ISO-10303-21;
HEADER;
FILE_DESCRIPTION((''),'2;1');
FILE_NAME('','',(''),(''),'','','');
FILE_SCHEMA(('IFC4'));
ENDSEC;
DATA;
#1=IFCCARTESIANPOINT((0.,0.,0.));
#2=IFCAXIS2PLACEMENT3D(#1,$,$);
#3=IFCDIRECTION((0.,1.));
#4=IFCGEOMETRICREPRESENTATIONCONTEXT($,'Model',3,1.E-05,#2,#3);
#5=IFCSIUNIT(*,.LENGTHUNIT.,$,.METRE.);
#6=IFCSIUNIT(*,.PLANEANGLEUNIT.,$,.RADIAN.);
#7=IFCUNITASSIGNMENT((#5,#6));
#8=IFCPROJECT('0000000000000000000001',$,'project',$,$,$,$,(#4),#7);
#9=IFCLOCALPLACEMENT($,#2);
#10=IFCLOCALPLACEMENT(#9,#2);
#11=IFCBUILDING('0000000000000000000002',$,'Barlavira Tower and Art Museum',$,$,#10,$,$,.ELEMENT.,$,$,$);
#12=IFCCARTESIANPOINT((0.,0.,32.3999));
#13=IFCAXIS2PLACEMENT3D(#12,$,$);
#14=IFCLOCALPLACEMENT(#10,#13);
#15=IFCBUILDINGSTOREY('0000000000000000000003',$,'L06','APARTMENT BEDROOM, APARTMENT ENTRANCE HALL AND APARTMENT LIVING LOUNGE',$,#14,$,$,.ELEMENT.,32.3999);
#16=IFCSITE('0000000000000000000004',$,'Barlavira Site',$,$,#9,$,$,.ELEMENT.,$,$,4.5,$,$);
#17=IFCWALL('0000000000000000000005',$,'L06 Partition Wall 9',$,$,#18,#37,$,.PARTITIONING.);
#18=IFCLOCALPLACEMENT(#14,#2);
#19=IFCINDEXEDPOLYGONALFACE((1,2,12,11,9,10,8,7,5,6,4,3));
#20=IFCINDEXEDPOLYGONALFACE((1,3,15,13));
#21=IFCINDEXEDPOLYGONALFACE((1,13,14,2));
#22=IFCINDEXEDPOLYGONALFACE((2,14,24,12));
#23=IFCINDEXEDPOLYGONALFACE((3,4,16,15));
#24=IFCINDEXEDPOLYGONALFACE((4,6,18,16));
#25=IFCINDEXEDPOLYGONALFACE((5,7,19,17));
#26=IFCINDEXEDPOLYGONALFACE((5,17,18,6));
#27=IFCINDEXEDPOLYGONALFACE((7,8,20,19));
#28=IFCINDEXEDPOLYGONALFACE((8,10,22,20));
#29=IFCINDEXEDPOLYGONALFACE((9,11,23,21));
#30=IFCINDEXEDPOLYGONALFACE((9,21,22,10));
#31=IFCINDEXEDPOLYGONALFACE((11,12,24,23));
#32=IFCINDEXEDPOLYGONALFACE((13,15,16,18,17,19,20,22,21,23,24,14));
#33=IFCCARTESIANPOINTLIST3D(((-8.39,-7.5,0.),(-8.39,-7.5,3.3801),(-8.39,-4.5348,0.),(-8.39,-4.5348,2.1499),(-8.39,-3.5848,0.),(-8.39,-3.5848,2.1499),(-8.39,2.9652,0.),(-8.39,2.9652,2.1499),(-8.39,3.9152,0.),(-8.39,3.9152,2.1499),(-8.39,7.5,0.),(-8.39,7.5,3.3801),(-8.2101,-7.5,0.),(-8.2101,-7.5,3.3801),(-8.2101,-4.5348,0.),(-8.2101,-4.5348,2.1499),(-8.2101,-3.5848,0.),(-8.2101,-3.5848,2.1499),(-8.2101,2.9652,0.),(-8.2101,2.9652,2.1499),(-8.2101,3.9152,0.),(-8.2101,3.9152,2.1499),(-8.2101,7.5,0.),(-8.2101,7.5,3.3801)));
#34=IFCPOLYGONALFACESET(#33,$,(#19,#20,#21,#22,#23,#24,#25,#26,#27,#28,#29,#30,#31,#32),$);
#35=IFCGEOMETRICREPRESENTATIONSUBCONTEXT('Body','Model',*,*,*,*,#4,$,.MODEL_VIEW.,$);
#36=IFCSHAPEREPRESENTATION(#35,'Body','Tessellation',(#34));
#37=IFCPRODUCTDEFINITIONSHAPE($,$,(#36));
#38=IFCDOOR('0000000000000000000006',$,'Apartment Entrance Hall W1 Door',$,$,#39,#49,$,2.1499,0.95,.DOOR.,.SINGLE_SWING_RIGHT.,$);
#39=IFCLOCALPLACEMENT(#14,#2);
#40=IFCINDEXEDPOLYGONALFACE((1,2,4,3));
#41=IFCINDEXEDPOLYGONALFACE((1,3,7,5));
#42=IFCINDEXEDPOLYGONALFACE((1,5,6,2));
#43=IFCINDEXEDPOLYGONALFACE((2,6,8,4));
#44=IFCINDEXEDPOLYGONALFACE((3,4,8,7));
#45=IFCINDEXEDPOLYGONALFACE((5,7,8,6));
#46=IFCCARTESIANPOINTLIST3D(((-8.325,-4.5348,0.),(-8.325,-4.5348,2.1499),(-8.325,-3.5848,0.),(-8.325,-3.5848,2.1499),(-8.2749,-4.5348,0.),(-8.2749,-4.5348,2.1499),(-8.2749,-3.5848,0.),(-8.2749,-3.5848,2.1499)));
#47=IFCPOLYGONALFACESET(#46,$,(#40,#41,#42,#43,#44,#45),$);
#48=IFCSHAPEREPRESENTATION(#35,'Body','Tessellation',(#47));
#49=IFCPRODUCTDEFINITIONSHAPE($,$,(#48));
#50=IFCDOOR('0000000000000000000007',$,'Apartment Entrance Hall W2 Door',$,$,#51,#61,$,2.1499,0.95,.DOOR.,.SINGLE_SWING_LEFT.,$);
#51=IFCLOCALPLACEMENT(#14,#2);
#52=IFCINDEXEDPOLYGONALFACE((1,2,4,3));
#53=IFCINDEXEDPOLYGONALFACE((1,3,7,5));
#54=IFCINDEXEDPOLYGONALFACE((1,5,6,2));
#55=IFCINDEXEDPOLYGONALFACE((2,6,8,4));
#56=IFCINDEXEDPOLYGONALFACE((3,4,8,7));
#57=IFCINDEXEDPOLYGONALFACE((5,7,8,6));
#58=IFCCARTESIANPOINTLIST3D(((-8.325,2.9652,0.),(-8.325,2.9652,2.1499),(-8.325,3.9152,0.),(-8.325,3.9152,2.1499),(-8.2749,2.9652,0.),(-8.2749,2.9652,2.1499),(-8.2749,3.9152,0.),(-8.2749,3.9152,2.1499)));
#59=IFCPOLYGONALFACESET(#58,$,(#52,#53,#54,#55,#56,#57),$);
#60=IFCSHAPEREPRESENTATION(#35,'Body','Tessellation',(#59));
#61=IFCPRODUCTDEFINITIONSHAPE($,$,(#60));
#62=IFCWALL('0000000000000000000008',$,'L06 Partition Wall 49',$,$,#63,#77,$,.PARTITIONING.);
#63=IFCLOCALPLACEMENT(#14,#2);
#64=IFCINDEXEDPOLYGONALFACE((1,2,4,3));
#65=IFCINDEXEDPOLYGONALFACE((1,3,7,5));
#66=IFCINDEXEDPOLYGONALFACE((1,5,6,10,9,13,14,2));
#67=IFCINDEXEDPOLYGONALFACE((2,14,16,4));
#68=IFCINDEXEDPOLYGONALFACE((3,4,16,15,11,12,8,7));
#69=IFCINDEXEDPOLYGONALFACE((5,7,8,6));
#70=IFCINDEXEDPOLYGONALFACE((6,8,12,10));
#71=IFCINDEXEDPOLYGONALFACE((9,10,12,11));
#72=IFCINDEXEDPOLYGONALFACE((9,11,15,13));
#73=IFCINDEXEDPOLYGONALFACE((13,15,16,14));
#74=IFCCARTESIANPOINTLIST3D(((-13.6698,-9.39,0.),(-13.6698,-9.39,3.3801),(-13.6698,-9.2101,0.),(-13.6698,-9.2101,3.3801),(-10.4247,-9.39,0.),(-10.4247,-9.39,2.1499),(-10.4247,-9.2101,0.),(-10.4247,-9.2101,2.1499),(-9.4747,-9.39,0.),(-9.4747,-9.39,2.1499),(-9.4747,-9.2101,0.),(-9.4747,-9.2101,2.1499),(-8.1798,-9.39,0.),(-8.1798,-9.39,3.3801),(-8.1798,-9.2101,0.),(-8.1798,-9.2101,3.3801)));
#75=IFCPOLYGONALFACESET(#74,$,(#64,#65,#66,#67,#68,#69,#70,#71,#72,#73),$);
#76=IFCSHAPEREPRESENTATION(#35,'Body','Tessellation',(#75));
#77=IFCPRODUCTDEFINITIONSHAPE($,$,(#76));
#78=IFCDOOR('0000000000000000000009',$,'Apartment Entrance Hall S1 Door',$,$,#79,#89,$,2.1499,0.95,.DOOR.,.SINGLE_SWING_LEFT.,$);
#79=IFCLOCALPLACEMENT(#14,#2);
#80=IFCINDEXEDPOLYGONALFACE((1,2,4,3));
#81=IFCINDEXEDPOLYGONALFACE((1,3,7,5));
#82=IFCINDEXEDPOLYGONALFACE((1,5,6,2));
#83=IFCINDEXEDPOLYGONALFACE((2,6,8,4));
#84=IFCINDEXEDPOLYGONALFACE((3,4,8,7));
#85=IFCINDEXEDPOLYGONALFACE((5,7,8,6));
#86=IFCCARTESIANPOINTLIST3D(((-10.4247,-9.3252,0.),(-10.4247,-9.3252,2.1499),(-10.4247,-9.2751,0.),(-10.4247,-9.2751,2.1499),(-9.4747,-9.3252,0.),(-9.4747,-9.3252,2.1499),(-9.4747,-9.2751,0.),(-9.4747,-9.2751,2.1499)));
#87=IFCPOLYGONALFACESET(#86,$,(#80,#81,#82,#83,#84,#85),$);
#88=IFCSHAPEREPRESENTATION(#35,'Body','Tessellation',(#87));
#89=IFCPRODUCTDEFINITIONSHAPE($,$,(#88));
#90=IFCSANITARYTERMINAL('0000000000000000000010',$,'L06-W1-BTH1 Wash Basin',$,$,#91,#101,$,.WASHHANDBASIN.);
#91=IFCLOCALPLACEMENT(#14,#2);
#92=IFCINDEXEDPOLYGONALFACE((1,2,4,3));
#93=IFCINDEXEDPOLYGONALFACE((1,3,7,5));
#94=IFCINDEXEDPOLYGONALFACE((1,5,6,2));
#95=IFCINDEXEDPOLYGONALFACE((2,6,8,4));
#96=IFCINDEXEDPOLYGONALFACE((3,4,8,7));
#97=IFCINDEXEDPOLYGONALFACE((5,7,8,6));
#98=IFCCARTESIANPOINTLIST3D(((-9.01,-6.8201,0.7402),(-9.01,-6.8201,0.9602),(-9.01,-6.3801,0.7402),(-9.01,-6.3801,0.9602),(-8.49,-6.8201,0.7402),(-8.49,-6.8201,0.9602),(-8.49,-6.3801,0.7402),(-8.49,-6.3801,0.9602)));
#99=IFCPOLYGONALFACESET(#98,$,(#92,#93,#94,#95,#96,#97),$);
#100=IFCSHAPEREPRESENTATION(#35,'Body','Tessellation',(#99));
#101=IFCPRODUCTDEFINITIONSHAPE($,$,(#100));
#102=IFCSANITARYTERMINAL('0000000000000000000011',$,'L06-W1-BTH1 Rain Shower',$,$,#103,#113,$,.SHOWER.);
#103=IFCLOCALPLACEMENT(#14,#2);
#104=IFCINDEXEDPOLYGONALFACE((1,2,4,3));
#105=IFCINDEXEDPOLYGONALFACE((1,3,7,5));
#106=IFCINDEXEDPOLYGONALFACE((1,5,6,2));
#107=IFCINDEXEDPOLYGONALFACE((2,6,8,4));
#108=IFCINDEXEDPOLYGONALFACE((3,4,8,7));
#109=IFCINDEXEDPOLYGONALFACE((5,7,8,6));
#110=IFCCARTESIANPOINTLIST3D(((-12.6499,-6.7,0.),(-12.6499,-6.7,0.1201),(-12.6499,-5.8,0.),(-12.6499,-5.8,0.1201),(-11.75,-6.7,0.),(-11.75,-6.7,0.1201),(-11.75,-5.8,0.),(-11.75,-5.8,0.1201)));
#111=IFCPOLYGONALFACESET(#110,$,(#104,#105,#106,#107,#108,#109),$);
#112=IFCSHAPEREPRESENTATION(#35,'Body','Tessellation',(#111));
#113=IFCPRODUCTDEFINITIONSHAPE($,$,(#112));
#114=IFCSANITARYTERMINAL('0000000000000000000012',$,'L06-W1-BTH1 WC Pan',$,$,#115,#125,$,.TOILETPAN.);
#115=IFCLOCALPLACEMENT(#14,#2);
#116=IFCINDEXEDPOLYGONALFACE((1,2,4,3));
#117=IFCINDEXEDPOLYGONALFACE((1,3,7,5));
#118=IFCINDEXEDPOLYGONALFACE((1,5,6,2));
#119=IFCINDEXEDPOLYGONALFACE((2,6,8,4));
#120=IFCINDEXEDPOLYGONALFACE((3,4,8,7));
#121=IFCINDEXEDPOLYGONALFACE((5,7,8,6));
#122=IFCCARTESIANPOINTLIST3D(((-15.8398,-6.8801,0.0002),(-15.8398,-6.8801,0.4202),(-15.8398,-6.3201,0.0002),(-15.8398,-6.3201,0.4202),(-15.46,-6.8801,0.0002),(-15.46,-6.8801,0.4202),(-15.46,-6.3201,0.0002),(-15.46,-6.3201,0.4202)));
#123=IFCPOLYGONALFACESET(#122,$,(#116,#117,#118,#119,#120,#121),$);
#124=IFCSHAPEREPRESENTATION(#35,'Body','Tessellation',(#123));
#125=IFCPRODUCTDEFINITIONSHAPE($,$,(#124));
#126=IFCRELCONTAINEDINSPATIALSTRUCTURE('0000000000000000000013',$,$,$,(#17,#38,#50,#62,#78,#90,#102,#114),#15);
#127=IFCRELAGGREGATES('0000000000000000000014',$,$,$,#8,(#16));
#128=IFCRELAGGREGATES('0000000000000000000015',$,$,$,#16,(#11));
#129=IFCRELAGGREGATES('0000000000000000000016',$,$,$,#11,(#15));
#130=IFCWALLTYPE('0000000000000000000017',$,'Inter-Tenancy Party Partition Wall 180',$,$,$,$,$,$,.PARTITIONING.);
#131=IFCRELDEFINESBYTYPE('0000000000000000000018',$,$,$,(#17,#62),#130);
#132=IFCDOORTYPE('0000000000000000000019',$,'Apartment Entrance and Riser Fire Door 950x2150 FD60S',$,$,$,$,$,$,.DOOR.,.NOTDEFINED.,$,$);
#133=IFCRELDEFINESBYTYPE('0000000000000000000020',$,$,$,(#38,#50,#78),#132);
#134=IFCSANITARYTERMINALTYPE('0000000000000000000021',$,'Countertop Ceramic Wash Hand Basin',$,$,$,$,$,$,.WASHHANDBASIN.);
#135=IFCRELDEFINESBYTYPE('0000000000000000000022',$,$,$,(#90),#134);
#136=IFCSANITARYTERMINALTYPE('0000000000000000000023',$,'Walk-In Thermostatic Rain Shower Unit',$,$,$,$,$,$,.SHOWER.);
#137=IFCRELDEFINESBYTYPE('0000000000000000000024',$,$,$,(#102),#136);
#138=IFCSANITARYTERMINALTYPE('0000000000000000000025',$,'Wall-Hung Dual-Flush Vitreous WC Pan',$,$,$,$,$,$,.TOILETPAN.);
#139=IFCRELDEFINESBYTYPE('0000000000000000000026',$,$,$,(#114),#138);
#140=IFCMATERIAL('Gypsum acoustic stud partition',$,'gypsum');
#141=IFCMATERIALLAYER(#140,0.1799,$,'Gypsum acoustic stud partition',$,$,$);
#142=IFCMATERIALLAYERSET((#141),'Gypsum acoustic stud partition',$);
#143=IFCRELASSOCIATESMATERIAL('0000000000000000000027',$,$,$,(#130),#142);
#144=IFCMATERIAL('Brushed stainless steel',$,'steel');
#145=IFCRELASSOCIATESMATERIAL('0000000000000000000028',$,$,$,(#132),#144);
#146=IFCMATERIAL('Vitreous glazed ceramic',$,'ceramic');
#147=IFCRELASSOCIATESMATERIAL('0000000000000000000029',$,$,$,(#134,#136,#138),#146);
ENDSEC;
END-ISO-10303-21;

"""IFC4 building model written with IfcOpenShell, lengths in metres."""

from ifc_helpers import new_model, si_unit, direction, frame, frame_2d, origin, origin_2d, place, context, subcontext, project, spatial, rectangle, extrude, material, layer, layer_set, type_object, element, fill, save


model = new_model("IFC4")

# Units and contexts
model_context = context("Model", 3, precision=1e-05, world=origin(), true_north=direction((0.0, 1.0)))
body_context = subcontext(model_context, "Body", "Model", "MODEL_VIEW")
ifc_project = project(units=[si_unit("LENGTHUNIT", "METRE"), si_unit("PLANEANGLEUNIT", "RADIAN")], contexts=[model_context])

# Site, building, storey
site_placement = place(None, origin())
site = spatial("IfcSite", under=ifc_project, at=site_placement, Name="Barlavira Site", CompositionType="ELEMENT", RefElevation=4.5)
building_placement = place(site_placement, origin())
building = spatial("IfcBuilding", under=site, at=building_placement, Name="Barlavira Tower and Art Museum", CompositionType="ELEMENT")
storey_placement = place(building_placement, frame((0.0, 0.0, 32.3999)))
storey = spatial("IfcBuildingStorey", under=building, at=storey_placement, Name="L06", Description="APARTMENT BEDROOM, APARTMENT ENTRANCE HALL AND APARTMENT LIVING LOUNGE", CompositionType="ELEMENT", Elevation=32.3999)

# Shared definitions
ifc_material_1 = material(Name="Gypsum acoustic stud partition", Category="gypsum")

# Wall, openings, doors
ifc_layer_1 = layer(ifc_material_1, 0.1799, Name="Gypsum acoustic stud partition")
ifc_layer_set_1 = layer_set([ifc_layer_1], Name="Gypsum acoustic stud partition")
wall_type_1 = type_object("IfcWallType", Name="Inter-Tenancy Party Partition Wall 180", PredefinedType="PARTITIONING", material=ifc_layer_set_1)
wall_1_placement = place(storey_placement, frame((-8.3, -7.5, 0.0), z_axis=(0.0, 0.0, 1.0), x_axis=(0.0, 1.0, 0.0)))
wall_1 = element("IfcWall", 1, at=wall_1_placement, inside=storey, type_object=wall_type_1, Name="L06 Partition Wall 9", PredefinedType="PARTITIONING", context=body_context, shape_type="SweptSolid", body=[
    extrude(rectangle(XDim=15.0, YDim=0.1799, at=frame_2d((7.5, 0.0))), origin(), (0.0, 0.0, 1.0), 3.3801),
])
opening_1_placement = place(wall_1_placement, frame((2.9651, 0.0, 0.0)))
opening_1 = element("IfcOpeningElement", 2, at=opening_1_placement, cuts=wall_1, PredefinedType="OPENING", context=body_context, shape_type="SweptSolid", body=[
    extrude(rectangle(XDim=0.95, YDim=2.1499, at=frame_2d((0.4751, 1.075))), frame((0.0, 0.1001, 0.0), z_axis=(0.0, -1.0, 0.0), x_axis=(1.0, 0.0, 0.0)), (0.0, 0.0, 1.0), 0.2),
])
opening_2_placement = place(wall_1_placement, frame((10.4651, 0.0, 0.0)))
opening_2 = element("IfcOpeningElement", 3, at=opening_2_placement, cuts=wall_1, PredefinedType="OPENING", context=body_context, shape_type="SweptSolid", body=[
    extrude(rectangle(XDim=0.95, YDim=2.1499, at=frame_2d((0.4751, 1.075))), frame((0.0, 0.1001, 0.0), z_axis=(0.0, -1.0, 0.0), x_axis=(1.0, 0.0, 0.0)), (0.0, 0.0, 1.0), 0.2),
])
ifc_material_2 = material(Name="Brushed stainless steel", Category="steel")
door_type_1 = type_object("IfcDoorType", Name="Apartment Entrance and Riser Fire Door 950x2150 FD60S", OperationType="NOTDEFINED", PredefinedType="DOOR", material=ifc_material_2)
door_1_placement = place(opening_1_placement, origin())
door_1 = element("IfcDoor", 4, at=door_1_placement, inside=storey, type_object=door_type_1, Name="Apartment Entrance Hall W1 Door", OperationType="SINGLE_SWING_RIGHT", OverallHeight=2.1499, OverallWidth=0.95, PredefinedType="DOOR", context=body_context, shape_type="SweptSolid", body=[
    extrude(rectangle(XDim=0.95, YDim=2.1499, at=frame_2d((0.4751, 1.075))), frame((0.0, 0.0249, 0.0), z_axis=(0.0, -1.0, 0.0), x_axis=(1.0, 0.0, 0.0)), (0.0, 0.0, 1.0), 0.05),
])
fill(opening_1, door_1)
door_2_placement = place(opening_2_placement, origin())
door_2 = element("IfcDoor", 5, at=door_2_placement, inside=storey, type_object=door_type_1, Name="Apartment Entrance Hall W2 Door", OperationType="SINGLE_SWING_LEFT", OverallHeight=2.1499, OverallWidth=0.95, PredefinedType="DOOR", context=body_context, shape_type="SweptSolid", body=[
    extrude(rectangle(XDim=0.95, YDim=2.1499, at=frame_2d((0.4751, 1.075))), frame((0.0, 0.0249, 0.0), z_axis=(0.0, -1.0, 0.0), x_axis=(1.0, 0.0, 0.0)), (0.0, 0.0, 1.0), 0.05),
])
fill(opening_2, door_2)

# Wall, opening, door
wall_2_placement = place(storey_placement, frame((-13.6699, -9.3, 0.0), z_axis=(0.0, 0.0, 1.0), x_axis=(1.0, 0.0, 0.0)))
wall_2 = element("IfcWall", 6, at=wall_2_placement, inside=storey, type_object=wall_type_1, Name="L06 Partition Wall 49", PredefinedType="PARTITIONING", context=body_context, shape_type="SweptSolid", body=[
    extrude(rectangle(XDim=5.49, YDim=0.1799, at=frame_2d((2.7451, 0.0))), origin(), (0.0, 0.0, 1.0), 3.3801),
])
opening_3_placement = place(wall_2_placement, frame((3.2451, 0.0, 0.0)))
opening_3 = element("IfcOpeningElement", 7, at=opening_3_placement, cuts=wall_2, PredefinedType="OPENING", context=body_context, shape_type="SweptSolid", body=[
    extrude(rectangle(XDim=0.95, YDim=2.1499, at=frame_2d((0.4751, 1.075))), frame((0.0, 0.1001, 0.0), z_axis=(0.0, -1.0, 0.0), x_axis=(1.0, 0.0, 0.0)), (0.0, 0.0, 1.0), 0.2),
])
door_3_placement = place(opening_3_placement, origin())
door_3 = element("IfcDoor", 8, at=door_3_placement, inside=storey, type_object=door_type_1, Name="Apartment Entrance Hall S1 Door", OperationType="SINGLE_SWING_LEFT", OverallHeight=2.1499, OverallWidth=0.95, PredefinedType="DOOR", context=body_context, shape_type="SweptSolid", body=[
    extrude(rectangle(XDim=0.95, YDim=2.1499, at=frame_2d((0.4751, 1.075))), frame((0.0, 0.0249, 0.0), z_axis=(0.0, -1.0, 0.0), x_axis=(1.0, 0.0, 0.0)), (0.0, 0.0, 1.0), 0.05),
])
fill(opening_3, door_3)

# Sanitary terminals
ifc_material_3 = material(Name="Vitreous glazed ceramic", Category="ceramic")
sanitary_terminal_type_1 = type_object("IfcSanitaryTerminalType", Name="Countertop Ceramic Wash Hand Basin", PredefinedType="WASHHANDBASIN", material=ifc_material_3)
sanitary_terminal_1_placement = place(storey_placement, frame((-8.75, -6.6001, 0.7402), z_axis=(0.0, 0.0, 1.0), x_axis=(1.0, 0.0, 0.0)))
element("IfcSanitaryTerminal", 9, at=sanitary_terminal_1_placement, inside=storey, type_object=sanitary_terminal_type_1, Name="L06-W1-BTH1 Wash Basin", PredefinedType="WASHHANDBASIN", context=body_context, shape_type="SweptSolid", body=[
    extrude(rectangle(XDim=0.52, YDim=0.4399, at=origin_2d()), origin(), (0.0, 0.0, 1.0), 0.22),
])
sanitary_terminal_type_2 = type_object("IfcSanitaryTerminalType", Name="Walk-In Thermostatic Rain Shower Unit", PredefinedType="SHOWER", material=ifc_material_3)
sanitary_terminal_2_placement = place(storey_placement, frame((-12.2, -6.25, 0.0), z_axis=(0.0, 0.0, 1.0), x_axis=(1.0, 0.0, 0.0)))
element("IfcSanitaryTerminal", 10, at=sanitary_terminal_2_placement, inside=storey, type_object=sanitary_terminal_type_2, Name="L06-W1-BTH1 Rain Shower", PredefinedType="SHOWER", context=body_context, shape_type="SweptSolid", body=[
    extrude(rectangle(XDim=0.8999, YDim=0.8999, at=origin_2d()), origin(), (0.0, 0.0, 1.0), 0.1201),
])
sanitary_terminal_type_3 = type_object("IfcSanitaryTerminalType", Name="Wall-Hung Dual-Flush Vitreous WC Pan", PredefinedType="TOILETPAN", material=ifc_material_3)
sanitary_terminal_3_placement = place(storey_placement, frame((-15.6499, -6.6001, 0.0002), z_axis=(0.0, 0.0, 1.0), x_axis=(1.0, 0.0, 0.0)))
element("IfcSanitaryTerminal", 11, at=sanitary_terminal_3_placement, inside=storey, type_object=sanitary_terminal_type_3, Name="L06-W1-BTH1 WC Pan", PredefinedType="TOILETPAN", context=body_context, shape_type="SweptSolid", body=[
    extrude(rectangle(XDim=0.3799, YDim=0.5601, at=origin_2d()), origin(), (0.0, 0.0, 1.0), 0.4199),
])

save(model, "model.ifc")
